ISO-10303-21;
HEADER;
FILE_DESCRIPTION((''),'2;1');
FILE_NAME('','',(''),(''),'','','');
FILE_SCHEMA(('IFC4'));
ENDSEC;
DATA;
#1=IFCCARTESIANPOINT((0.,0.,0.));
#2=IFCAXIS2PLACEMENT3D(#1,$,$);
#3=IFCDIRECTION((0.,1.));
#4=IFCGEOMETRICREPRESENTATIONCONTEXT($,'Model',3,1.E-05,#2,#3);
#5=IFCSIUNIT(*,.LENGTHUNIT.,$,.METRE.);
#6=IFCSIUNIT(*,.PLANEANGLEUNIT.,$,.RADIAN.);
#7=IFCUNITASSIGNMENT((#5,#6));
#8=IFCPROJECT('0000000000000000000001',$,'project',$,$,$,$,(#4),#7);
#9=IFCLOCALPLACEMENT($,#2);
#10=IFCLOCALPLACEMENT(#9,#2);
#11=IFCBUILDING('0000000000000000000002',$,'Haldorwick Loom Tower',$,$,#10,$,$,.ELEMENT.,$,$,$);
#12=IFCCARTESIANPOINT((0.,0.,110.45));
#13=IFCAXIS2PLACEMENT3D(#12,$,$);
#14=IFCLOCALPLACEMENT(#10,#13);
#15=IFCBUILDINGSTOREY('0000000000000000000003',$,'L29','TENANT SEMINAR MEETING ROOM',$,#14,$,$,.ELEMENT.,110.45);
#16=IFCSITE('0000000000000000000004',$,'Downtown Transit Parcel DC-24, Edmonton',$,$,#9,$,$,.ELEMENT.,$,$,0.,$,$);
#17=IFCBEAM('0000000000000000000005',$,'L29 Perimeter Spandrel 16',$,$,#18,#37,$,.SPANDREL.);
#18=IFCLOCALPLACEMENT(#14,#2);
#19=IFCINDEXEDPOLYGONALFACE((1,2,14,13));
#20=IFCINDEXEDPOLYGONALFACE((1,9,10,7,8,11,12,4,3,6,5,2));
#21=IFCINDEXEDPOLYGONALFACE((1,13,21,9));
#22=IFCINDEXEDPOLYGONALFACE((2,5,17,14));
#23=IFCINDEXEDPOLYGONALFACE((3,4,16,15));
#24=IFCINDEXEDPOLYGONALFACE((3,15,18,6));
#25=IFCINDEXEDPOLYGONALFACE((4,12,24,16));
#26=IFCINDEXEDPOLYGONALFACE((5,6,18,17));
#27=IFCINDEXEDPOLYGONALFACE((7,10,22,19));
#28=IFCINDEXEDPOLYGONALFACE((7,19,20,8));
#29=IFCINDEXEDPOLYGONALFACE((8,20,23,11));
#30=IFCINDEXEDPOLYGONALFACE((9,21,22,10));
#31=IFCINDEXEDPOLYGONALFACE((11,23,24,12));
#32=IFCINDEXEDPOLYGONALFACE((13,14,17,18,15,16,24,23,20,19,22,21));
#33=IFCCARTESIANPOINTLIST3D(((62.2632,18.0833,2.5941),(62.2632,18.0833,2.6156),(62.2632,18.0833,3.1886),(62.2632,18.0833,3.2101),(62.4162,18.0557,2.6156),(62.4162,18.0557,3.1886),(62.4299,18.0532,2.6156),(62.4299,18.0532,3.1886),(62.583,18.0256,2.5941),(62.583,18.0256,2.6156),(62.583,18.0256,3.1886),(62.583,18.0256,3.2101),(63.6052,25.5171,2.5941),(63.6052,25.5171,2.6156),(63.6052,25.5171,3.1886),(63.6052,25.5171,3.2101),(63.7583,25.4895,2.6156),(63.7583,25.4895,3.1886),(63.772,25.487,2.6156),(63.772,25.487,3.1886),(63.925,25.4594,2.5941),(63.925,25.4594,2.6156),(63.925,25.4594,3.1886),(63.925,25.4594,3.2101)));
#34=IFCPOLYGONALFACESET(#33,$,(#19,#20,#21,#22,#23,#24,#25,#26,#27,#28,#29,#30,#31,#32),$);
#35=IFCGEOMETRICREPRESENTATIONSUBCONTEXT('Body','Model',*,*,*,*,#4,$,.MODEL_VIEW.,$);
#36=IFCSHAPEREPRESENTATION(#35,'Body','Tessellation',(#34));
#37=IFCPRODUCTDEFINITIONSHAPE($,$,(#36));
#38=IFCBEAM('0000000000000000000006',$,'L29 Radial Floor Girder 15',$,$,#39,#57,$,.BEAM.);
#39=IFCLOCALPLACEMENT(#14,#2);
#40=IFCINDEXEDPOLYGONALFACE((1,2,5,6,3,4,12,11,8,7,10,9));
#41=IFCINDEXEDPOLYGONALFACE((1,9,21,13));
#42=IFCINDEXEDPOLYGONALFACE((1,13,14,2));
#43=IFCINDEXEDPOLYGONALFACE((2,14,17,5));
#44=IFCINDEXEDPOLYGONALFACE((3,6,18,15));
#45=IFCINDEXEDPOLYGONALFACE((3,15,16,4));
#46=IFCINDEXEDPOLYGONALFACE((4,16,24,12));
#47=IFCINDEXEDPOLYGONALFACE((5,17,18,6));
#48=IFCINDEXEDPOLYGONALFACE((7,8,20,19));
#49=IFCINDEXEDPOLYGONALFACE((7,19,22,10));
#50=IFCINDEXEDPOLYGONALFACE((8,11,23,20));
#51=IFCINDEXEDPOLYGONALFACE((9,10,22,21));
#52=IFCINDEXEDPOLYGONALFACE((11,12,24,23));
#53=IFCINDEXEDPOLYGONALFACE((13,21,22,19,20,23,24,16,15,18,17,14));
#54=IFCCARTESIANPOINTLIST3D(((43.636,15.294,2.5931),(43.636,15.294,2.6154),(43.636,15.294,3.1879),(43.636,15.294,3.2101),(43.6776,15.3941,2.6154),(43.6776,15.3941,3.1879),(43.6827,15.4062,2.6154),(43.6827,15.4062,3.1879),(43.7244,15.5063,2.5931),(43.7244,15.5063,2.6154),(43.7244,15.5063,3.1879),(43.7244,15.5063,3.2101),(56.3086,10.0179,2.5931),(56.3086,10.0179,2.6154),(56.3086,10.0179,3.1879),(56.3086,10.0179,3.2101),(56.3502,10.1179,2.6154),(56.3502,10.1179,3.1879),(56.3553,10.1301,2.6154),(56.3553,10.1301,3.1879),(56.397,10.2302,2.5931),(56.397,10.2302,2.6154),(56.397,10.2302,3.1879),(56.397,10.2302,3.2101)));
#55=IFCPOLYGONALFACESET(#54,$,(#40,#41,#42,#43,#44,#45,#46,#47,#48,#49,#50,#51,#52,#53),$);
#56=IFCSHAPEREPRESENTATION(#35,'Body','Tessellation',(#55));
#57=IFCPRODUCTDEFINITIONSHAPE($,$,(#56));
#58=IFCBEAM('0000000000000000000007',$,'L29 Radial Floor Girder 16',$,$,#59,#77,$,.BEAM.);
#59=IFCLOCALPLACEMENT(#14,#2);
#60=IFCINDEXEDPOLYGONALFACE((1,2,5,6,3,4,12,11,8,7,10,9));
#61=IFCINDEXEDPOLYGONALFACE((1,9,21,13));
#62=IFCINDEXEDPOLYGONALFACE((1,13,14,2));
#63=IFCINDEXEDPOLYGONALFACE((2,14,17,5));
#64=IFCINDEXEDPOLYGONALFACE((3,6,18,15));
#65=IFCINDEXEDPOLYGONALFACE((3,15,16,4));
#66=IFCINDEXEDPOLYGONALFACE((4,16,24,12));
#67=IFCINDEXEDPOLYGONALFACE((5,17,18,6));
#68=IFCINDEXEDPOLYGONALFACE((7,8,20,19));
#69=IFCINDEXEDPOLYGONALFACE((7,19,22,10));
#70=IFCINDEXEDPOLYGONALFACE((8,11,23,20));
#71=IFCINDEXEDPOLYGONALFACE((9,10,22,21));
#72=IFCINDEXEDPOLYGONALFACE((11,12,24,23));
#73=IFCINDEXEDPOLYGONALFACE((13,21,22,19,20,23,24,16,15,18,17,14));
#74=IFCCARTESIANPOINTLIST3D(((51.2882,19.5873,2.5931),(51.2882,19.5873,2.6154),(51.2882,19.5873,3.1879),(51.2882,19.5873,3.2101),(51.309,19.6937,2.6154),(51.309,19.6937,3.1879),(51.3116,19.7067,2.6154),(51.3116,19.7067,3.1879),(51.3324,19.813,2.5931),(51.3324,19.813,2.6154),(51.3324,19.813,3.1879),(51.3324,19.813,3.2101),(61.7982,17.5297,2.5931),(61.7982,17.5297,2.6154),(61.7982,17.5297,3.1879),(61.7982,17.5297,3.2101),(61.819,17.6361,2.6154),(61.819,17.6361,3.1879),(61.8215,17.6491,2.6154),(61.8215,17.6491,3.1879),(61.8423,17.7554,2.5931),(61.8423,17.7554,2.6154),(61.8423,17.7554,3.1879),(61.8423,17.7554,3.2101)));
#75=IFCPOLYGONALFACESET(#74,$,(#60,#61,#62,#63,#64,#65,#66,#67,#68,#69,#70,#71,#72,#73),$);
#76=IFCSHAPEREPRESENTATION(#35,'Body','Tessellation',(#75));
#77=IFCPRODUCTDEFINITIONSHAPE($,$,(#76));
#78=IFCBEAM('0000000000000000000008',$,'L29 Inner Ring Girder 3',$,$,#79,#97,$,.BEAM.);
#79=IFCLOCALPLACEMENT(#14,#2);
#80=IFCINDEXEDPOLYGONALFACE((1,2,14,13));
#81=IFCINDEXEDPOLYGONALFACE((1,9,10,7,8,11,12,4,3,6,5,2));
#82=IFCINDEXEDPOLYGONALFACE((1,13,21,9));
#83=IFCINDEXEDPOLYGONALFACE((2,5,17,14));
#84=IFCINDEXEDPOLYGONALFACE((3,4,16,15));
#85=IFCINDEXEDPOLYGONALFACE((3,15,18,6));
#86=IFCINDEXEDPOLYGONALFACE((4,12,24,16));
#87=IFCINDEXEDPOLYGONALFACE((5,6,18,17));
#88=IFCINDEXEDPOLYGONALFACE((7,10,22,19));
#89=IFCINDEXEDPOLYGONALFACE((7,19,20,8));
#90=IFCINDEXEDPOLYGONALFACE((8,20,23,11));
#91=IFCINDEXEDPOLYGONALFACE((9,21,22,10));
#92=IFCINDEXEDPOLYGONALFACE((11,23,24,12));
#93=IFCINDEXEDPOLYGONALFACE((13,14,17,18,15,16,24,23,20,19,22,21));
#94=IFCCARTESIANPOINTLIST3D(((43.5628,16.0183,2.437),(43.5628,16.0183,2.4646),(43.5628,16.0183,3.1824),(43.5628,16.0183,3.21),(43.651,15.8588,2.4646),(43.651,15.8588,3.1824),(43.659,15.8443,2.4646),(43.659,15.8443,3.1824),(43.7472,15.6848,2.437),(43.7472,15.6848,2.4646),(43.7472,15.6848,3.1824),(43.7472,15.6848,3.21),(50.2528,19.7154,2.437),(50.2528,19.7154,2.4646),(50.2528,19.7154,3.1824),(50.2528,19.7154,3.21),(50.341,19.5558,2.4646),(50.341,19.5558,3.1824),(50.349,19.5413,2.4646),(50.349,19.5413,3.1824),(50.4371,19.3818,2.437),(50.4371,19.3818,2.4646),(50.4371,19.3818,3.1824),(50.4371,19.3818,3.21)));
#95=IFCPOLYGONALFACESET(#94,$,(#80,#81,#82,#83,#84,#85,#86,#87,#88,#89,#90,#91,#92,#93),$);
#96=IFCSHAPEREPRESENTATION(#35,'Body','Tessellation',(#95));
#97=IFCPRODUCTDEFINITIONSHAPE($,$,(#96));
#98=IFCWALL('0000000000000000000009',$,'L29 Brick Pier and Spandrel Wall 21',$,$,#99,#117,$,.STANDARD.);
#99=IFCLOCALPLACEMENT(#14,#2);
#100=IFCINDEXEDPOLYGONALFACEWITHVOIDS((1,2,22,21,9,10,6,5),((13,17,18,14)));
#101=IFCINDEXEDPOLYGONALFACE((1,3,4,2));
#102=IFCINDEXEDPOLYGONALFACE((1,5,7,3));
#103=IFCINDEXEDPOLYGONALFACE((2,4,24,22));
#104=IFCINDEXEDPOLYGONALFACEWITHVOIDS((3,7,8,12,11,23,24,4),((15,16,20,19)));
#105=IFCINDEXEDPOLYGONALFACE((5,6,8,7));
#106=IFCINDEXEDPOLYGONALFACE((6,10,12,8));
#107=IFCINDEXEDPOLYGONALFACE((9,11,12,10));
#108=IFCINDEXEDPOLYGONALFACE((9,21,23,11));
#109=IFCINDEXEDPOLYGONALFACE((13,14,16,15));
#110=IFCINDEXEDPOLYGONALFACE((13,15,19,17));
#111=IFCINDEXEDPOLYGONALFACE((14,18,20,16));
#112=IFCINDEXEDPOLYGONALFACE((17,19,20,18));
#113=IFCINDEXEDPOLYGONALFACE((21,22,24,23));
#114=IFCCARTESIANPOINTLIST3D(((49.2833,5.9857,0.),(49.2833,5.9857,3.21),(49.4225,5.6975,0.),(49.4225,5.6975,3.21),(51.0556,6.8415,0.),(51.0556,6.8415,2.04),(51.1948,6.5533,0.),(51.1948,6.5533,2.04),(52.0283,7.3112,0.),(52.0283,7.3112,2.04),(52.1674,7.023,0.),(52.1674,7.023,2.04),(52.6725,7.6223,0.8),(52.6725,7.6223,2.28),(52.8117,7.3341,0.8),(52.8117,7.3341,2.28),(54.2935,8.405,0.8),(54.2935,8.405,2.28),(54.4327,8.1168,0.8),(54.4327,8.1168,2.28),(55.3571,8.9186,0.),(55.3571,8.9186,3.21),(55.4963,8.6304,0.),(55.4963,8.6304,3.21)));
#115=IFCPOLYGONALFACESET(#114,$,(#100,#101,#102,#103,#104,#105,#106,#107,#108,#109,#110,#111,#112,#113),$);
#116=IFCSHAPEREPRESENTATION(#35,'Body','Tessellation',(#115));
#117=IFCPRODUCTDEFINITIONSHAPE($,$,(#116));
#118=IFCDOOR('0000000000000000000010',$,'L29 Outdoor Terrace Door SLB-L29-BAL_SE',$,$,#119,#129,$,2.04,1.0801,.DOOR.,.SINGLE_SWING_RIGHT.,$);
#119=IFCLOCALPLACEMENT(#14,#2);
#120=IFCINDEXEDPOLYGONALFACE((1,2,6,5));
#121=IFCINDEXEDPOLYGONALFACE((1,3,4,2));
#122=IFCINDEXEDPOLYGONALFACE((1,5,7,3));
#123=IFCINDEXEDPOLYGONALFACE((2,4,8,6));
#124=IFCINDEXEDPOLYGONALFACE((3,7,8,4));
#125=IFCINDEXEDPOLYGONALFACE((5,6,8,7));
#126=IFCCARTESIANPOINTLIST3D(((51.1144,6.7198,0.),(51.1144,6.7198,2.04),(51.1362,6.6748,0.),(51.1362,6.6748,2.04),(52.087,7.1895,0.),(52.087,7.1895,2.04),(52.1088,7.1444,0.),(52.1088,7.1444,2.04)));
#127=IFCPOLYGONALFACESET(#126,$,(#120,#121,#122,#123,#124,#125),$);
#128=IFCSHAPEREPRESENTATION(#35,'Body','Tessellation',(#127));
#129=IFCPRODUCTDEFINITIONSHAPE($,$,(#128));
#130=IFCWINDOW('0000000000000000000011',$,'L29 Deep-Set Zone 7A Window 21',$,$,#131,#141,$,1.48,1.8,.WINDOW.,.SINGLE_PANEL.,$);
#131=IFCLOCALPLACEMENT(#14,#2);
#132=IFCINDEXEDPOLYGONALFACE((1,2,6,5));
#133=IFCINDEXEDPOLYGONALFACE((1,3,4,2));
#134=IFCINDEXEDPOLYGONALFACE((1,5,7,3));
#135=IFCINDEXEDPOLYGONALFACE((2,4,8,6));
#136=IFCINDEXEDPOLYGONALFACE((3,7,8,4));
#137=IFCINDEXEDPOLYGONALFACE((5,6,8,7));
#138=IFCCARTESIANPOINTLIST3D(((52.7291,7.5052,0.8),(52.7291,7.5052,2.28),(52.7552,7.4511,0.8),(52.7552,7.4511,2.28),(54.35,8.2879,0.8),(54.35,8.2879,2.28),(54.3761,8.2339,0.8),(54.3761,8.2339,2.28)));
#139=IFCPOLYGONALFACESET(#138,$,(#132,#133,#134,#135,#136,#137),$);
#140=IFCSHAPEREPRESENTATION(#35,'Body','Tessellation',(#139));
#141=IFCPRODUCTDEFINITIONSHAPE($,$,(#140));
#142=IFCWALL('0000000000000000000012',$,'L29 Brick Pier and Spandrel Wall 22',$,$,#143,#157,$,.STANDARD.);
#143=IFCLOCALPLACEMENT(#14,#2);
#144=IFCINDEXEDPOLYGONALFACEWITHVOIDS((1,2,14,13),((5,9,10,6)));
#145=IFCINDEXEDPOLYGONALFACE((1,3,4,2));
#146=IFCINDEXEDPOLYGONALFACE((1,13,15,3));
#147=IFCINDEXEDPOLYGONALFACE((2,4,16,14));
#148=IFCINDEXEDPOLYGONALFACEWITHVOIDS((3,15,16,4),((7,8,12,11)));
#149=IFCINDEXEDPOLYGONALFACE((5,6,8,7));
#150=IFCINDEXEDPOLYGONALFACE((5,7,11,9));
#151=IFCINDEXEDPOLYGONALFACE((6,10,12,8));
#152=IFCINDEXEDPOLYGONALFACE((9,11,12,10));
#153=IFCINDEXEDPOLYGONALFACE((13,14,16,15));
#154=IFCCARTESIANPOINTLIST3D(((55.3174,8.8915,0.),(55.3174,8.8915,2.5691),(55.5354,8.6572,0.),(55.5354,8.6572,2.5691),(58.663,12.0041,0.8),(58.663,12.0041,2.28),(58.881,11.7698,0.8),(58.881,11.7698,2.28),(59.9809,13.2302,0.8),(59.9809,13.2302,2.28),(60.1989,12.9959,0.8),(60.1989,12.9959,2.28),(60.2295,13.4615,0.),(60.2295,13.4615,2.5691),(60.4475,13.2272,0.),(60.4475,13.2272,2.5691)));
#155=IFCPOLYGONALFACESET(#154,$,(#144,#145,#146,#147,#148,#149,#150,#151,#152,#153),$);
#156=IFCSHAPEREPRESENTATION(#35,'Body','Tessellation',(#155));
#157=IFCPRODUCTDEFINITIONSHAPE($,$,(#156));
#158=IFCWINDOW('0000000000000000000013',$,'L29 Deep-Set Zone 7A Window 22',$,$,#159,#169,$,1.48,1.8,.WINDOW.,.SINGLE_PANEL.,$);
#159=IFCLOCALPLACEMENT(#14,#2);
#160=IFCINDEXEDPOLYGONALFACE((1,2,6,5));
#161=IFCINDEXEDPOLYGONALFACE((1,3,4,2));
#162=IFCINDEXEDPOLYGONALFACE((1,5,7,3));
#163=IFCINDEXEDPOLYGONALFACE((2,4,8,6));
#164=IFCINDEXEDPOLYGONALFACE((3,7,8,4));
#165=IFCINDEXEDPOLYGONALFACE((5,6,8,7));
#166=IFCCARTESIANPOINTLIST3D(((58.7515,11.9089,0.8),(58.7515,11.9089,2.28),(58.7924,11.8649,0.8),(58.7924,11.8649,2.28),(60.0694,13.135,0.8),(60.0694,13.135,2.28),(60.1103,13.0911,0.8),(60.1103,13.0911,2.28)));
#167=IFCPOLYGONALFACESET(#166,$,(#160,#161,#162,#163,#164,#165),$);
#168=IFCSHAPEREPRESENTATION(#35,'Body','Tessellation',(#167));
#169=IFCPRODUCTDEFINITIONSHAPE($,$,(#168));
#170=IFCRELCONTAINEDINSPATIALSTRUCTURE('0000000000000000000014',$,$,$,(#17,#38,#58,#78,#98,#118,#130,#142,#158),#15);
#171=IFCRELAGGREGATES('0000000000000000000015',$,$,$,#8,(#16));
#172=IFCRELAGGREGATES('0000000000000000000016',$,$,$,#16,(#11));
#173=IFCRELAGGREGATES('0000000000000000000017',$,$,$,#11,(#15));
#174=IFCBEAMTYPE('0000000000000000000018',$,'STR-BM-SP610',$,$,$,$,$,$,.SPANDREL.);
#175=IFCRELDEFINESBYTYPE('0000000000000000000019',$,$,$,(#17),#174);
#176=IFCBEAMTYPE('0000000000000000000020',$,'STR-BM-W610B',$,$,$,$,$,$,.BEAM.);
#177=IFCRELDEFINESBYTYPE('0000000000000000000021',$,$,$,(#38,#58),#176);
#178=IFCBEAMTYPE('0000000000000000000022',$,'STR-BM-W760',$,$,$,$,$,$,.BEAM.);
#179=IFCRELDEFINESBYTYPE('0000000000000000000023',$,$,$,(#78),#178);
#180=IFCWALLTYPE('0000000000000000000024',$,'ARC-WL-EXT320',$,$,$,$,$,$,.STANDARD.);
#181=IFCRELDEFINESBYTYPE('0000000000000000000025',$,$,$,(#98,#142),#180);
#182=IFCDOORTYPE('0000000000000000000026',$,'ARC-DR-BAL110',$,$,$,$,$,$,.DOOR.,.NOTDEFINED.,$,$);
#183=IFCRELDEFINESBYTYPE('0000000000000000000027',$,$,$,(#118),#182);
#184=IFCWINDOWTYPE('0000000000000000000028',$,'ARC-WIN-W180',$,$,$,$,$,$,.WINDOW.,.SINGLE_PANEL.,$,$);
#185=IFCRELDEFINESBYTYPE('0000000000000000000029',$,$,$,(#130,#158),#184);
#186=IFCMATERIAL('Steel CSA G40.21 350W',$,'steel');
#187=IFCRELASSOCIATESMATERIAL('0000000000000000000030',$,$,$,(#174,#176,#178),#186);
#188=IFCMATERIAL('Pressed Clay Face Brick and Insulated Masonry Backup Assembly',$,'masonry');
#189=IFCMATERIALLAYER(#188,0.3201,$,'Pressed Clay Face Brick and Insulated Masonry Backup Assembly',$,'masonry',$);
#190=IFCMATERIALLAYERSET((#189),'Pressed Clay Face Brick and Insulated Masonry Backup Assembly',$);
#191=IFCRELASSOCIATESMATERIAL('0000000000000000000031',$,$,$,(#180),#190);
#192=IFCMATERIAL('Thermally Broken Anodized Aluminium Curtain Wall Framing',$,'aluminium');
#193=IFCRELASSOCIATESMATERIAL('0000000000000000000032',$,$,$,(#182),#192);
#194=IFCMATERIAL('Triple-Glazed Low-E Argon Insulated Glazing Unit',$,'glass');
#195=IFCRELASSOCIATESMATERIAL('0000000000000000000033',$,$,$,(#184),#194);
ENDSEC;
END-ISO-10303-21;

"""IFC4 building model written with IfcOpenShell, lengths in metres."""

from ifc_helpers import new_model, si_unit, direction, frame, frame_2d, origin, origin_2d, place, context, subcontext, project, spatial, rectangle, i_section, extrude, material, layer, layer_set, material_profile, profile_set, type_object, element, fill, save


model = new_model("IFC4")

# Units and contexts
model_context = context("Model", 3, precision=1e-05, world=origin(), true_north=direction((0.0, 1.0)))
body_context = subcontext(model_context, "Body", "Model", "MODEL_VIEW")
ifc_project = project(units=[si_unit("LENGTHUNIT", "METRE"), si_unit("PLANEANGLEUNIT", "RADIAN")], contexts=[model_context])

# Site, building, storey
site_placement = place(None, origin())
site = spatial("IfcSite", under=ifc_project, at=site_placement, Name="Downtown Transit Parcel DC-24, Edmonton", CompositionType="ELEMENT", RefElevation=0.0)
building_placement = place(site_placement, origin())
building = spatial("IfcBuilding", under=site, at=building_placement, Name="Haldorwick Loom Tower", CompositionType="ELEMENT")
storey_placement = place(building_placement, frame((0.0, 0.0, 110.45)))
storey = spatial("IfcBuildingStorey", under=building, at=storey_placement, Name="L29", Description="TENANT SEMINAR MEETING ROOM", CompositionType="ELEMENT", Elevation=110.45)

# Beams
ifc_material_1 = material(Name="Steel CSA G40.21 350W", Category="steel")
ifc_material_profile_1 = material_profile(ifc_material_1, i_section(OverallWidth=0.325, OverallDepth=0.616, WebThickness=0.0139, FlangeThickness=0.0215, at=origin_2d()), Name="W610X174", Category="steel")
ifc_profile_set_1 = profile_set([ifc_material_profile_1], Name="Steel CSA G40.21 350W")
beam_type_1 = type_object("IfcBeamType", Name="STR-BM-SP610", PredefinedType="SPANDREL", material=ifc_profile_set_1)
beam_1_placement = place(storey_placement, frame((62.4231, 18.0544, 2.9021), z_axis=(0.177659, 0.984092, 0.0), x_axis=(-0.984092, 0.177659, 0.0)))
element("IfcBeam", 1, at=beam_1_placement, inside=storey, type_object=beam_type_1, Name="L29 Perimeter Spandrel 16", PredefinedType="SPANDREL", context=body_context, shape_type="SweptSolid", body=[
    extrude(i_section(OverallWidth=0.325, OverallDepth=0.616, WebThickness=0.0139, FlangeThickness=0.0215, at=origin_2d()), origin(), (0.0, 0.0, 1.0), 7.554),
])
ifc_material_profile_2 = material_profile(ifc_material_1, i_section(OverallWidth=0.23, OverallDepth=0.6169, WebThickness=0.0132, FlangeThickness=0.0222, at=origin_2d()), Name="W610X140", Category="steel")
ifc_profile_set_2 = profile_set([ifc_material_profile_2], Name="Steel CSA G40.21 350W")
beam_type_2 = type_object("IfcBeamType", Name="STR-BM-W610B", PredefinedType="BEAM", material=ifc_profile_set_2)
beam_2_placement = place(storey_placement, frame((43.6802, 15.4001, 2.9016), z_axis=(0.923184, -0.384359, 0.0), x_axis=(0.384359, 0.923184, 0.0)))
element("IfcBeam", 2, at=beam_2_placement, inside=storey, type_object=beam_type_2, Name="L29 Radial Floor Girder 15", PredefinedType="BEAM", context=body_context, shape_type="SweptSolid", body=[
    extrude(i_section(OverallWidth=0.23, OverallDepth=0.6169, WebThickness=0.0132, FlangeThickness=0.0222, at=origin_2d()), origin(), (0.0, 0.0, 1.0), 13.7271),
])
beam_3_placement = place(storey_placement, frame((51.3103, 19.7002, 2.9016), z_axis=(0.98137, -0.192129, 0.0), x_axis=(0.192129, 0.98137, 0.0)))
element("IfcBeam", 3, at=beam_3_placement, inside=storey, type_object=beam_type_2, Name="L29 Radial Floor Girder 16", PredefinedType="BEAM", context=body_context, shape_type="SweptSolid", body=[
    extrude(i_section(OverallWidth=0.23, OverallDepth=0.6169, WebThickness=0.0132, FlangeThickness=0.0222, at=origin_2d()), origin(), (0.0, 0.0, 1.0), 10.7095),
])
ifc_material_profile_3 = material_profile(ifc_material_1, i_section(OverallWidth=0.3811, OverallDepth=0.7729, WebThickness=0.0166, FlangeThickness=0.0276, at=origin_2d()), Name="W760X257", Category="steel")
ifc_profile_set_3 = profile_set([ifc_material_profile_3], Name="Steel CSA G40.21 350W")
beam_type_3 = type_object("IfcBeamType", Name="STR-BM-W760", PredefinedType="BEAM", material=ifc_profile_set_3)
beam_4_placement = place(storey_placement, frame((50.345, 19.5486, 2.8235), z_axis=(-0.875244, -0.483681, 0.0), x_axis=(0.483681, -0.875244, 0.0)))
element("IfcBeam", 4, at=beam_4_placement, inside=storey, type_object=beam_type_3, Name="L29 Inner Ring Girder 3", PredefinedType="BEAM", context=body_context, shape_type="SweptSolid", body=[
    extrude(i_section(OverallWidth=0.3811, OverallDepth=0.7729, WebThickness=0.0166, FlangeThickness=0.0276, at=origin_2d()), origin(), (0.0, 0.0, 1.0), 7.6436),
])

# Wall, openings, door, window
ifc_material_2 = material(Name="Pressed Clay Face Brick and Insulated Masonry Backup Assembly", Category="masonry")
ifc_layer_1 = layer(ifc_material_2, 0.3201, Name="Pressed Clay Face Brick and Insulated Masonry Backup Assembly", Category="masonry")
ifc_layer_set_1 = layer_set([ifc_layer_1], Name="Pressed Clay Face Brick and Insulated Masonry Backup Assembly")
wall_type_1 = type_object("IfcWallType", Name="ARC-WL-EXT320", PredefinedType="STANDARD", material=ifc_layer_set_1)
wall_1_placement = place(storey_placement, frame((49.3528, 5.8416, 0.0), z_axis=(0.0, 0.0, 1.0), x_axis=(0.90051, 0.434835, 0.0)))
wall_1 = element("IfcWall", 5, at=wall_1_placement, inside=storey, type_object=wall_type_1, Name="L29 Brick Pier and Spandrel Wall 21", PredefinedType="STANDARD", context=body_context, shape_type="SweptSolid", body=[
    extrude(rectangle(XDim=6.7449, YDim=0.3201, at=frame_2d((3.3726, 0.0))), origin(), (0.0, 0.0, 1.0), 3.21),
])
opening_1_placement = place(wall_1_placement, frame((1.9683, 0.0, 0.0)))
opening_1 = element("IfcOpeningElement", 6, at=opening_1_placement, cuts=wall_1, PredefinedType="OPENING", context=body_context, shape_type="SweptSolid", body=[
    extrude(rectangle(XDim=1.0801, YDim=2.04, at=frame_2d((0.54, 1.02))), frame((0.0, 0.1699, 0.0), z_axis=(0.0, -1.0, 0.0), x_axis=(1.0, 0.0, 0.0)), (0.0, 0.0, 1.0), 0.3401),
])
opening_2_placement = place(wall_1_placement, frame((3.7639, 0.0, 0.8)))
opening_2 = element("IfcOpeningElement", 7, at=opening_2_placement, cuts=wall_1, PredefinedType="OPENING", context=body_context, shape_type="SweptSolid", body=[
    extrude(rectangle(XDim=1.8, YDim=1.48, at=frame_2d((0.8999, 0.74))), frame((0.0, 0.1699, 0.0), z_axis=(0.0, -1.0, 0.0), x_axis=(1.0, 0.0, 0.0)), (0.0, 0.0, 1.0), 0.3401),
])
ifc_material_3 = material(Name="Thermally Broken Anodized Aluminium Curtain Wall Framing", Category="aluminium")
door_type_1 = type_object("IfcDoorType", Name="ARC-DR-BAL110", OperationType="NOTDEFINED", PredefinedType="DOOR", material=ifc_material_3)
door_1_placement = place(opening_1_placement, origin())
door_1 = element("IfcDoor", 8, at=door_1_placement, inside=storey, type_object=door_type_1, Name="L29 Outdoor Terrace Door SLB-L29-BAL_SE", OperationType="SINGLE_SWING_RIGHT", OverallHeight=2.04, OverallWidth=1.0801, PredefinedType="DOOR", context=body_context, shape_type="SweptSolid", body=[
    extrude(rectangle(XDim=1.0801, YDim=2.04, at=frame_2d((0.54, 1.02))), frame((0.0, 0.0249, 0.0), z_axis=(0.0, -1.0, 0.0), x_axis=(1.0, 0.0, 0.0)), (0.0, 0.0, 1.0), 0.05),
])
fill(opening_1, door_1)
ifc_material_4 = material(Name="Triple-Glazed Low-E Argon Insulated Glazing Unit", Category="glass")
window_type = type_object("IfcWindowType", Name="ARC-WIN-W180", PartitioningType="SINGLE_PANEL", PredefinedType="WINDOW", material=ifc_material_4)
window_1_placement = place(opening_2_placement, origin())
window_1 = element("IfcWindow", 9, at=window_1_placement, inside=storey, type_object=window_type, Name="L29 Deep-Set Zone 7A Window 21", OverallHeight=1.48, OverallWidth=1.8, PartitioningType="SINGLE_PANEL", PredefinedType="WINDOW", context=body_context, shape_type="SweptSolid", body=[
    extrude(rectangle(XDim=1.8, YDim=1.48, at=frame_2d((0.8999, 0.74))), frame((0.0, 0.03, 0.0), z_axis=(0.0, -1.0, 0.0), x_axis=(1.0, 0.0, 0.0)), (0.0, 0.0, 1.0), 0.0601),
])
fill(opening_2, window_1)

# Wall, opening, window
wall_2_placement = place(storey_placement, frame((55.4265, 8.7744, 0.0), z_axis=(0.0, 0.0, 1.0), x_axis=(0.732137, 0.681157, 0.0)))
wall_2 = element("IfcWall", 10, at=wall_2_placement, inside=storey, type_object=wall_type_1, Name="L29 Brick Pier and Spandrel Wall 22", PredefinedType="STANDARD", context=body_context, shape_type="SweptSolid", body=[
    extrude(rectangle(XDim=6.7092, YDim=0.3201, at=frame_2d((3.3545, 0.0))), origin(), (0.0, 0.0, 1.0), 2.5691),
])
opening_3_placement = place(wall_2_placement, frame((4.5696, 0.0, 0.8)))
opening_3 = element("IfcOpeningElement", 11, at=opening_3_placement, cuts=wall_2, PredefinedType="OPENING", context=body_context, shape_type="SweptSolid", body=[
    extrude(rectangle(XDim=1.8, YDim=1.48, at=frame_2d((0.8999, 0.74))), frame((0.0, 0.1699, 0.0), z_axis=(0.0, -1.0, 0.0), x_axis=(1.0, 0.0, 0.0)), (0.0, 0.0, 1.0), 0.3401),
])
window_2_placement = place(opening_3_placement, origin())
window_2 = element("IfcWindow", 12, at=window_2_placement, inside=storey, type_object=window_type, Name="L29 Deep-Set Zone 7A Window 22", OverallHeight=1.48, OverallWidth=1.8, PartitioningType="SINGLE_PANEL", PredefinedType="WINDOW", context=body_context, shape_type="SweptSolid", body=[
    extrude(rectangle(XDim=1.8, YDim=1.48, at=frame_2d((0.8999, 0.74))), frame((0.0, 0.03, 0.0), z_axis=(0.0, -1.0, 0.0), x_axis=(1.0, 0.0, 0.0)), (0.0, 0.0, 1.0), 0.0601),
])
fill(opening_3, window_2)

save(model, "model.ifc")
